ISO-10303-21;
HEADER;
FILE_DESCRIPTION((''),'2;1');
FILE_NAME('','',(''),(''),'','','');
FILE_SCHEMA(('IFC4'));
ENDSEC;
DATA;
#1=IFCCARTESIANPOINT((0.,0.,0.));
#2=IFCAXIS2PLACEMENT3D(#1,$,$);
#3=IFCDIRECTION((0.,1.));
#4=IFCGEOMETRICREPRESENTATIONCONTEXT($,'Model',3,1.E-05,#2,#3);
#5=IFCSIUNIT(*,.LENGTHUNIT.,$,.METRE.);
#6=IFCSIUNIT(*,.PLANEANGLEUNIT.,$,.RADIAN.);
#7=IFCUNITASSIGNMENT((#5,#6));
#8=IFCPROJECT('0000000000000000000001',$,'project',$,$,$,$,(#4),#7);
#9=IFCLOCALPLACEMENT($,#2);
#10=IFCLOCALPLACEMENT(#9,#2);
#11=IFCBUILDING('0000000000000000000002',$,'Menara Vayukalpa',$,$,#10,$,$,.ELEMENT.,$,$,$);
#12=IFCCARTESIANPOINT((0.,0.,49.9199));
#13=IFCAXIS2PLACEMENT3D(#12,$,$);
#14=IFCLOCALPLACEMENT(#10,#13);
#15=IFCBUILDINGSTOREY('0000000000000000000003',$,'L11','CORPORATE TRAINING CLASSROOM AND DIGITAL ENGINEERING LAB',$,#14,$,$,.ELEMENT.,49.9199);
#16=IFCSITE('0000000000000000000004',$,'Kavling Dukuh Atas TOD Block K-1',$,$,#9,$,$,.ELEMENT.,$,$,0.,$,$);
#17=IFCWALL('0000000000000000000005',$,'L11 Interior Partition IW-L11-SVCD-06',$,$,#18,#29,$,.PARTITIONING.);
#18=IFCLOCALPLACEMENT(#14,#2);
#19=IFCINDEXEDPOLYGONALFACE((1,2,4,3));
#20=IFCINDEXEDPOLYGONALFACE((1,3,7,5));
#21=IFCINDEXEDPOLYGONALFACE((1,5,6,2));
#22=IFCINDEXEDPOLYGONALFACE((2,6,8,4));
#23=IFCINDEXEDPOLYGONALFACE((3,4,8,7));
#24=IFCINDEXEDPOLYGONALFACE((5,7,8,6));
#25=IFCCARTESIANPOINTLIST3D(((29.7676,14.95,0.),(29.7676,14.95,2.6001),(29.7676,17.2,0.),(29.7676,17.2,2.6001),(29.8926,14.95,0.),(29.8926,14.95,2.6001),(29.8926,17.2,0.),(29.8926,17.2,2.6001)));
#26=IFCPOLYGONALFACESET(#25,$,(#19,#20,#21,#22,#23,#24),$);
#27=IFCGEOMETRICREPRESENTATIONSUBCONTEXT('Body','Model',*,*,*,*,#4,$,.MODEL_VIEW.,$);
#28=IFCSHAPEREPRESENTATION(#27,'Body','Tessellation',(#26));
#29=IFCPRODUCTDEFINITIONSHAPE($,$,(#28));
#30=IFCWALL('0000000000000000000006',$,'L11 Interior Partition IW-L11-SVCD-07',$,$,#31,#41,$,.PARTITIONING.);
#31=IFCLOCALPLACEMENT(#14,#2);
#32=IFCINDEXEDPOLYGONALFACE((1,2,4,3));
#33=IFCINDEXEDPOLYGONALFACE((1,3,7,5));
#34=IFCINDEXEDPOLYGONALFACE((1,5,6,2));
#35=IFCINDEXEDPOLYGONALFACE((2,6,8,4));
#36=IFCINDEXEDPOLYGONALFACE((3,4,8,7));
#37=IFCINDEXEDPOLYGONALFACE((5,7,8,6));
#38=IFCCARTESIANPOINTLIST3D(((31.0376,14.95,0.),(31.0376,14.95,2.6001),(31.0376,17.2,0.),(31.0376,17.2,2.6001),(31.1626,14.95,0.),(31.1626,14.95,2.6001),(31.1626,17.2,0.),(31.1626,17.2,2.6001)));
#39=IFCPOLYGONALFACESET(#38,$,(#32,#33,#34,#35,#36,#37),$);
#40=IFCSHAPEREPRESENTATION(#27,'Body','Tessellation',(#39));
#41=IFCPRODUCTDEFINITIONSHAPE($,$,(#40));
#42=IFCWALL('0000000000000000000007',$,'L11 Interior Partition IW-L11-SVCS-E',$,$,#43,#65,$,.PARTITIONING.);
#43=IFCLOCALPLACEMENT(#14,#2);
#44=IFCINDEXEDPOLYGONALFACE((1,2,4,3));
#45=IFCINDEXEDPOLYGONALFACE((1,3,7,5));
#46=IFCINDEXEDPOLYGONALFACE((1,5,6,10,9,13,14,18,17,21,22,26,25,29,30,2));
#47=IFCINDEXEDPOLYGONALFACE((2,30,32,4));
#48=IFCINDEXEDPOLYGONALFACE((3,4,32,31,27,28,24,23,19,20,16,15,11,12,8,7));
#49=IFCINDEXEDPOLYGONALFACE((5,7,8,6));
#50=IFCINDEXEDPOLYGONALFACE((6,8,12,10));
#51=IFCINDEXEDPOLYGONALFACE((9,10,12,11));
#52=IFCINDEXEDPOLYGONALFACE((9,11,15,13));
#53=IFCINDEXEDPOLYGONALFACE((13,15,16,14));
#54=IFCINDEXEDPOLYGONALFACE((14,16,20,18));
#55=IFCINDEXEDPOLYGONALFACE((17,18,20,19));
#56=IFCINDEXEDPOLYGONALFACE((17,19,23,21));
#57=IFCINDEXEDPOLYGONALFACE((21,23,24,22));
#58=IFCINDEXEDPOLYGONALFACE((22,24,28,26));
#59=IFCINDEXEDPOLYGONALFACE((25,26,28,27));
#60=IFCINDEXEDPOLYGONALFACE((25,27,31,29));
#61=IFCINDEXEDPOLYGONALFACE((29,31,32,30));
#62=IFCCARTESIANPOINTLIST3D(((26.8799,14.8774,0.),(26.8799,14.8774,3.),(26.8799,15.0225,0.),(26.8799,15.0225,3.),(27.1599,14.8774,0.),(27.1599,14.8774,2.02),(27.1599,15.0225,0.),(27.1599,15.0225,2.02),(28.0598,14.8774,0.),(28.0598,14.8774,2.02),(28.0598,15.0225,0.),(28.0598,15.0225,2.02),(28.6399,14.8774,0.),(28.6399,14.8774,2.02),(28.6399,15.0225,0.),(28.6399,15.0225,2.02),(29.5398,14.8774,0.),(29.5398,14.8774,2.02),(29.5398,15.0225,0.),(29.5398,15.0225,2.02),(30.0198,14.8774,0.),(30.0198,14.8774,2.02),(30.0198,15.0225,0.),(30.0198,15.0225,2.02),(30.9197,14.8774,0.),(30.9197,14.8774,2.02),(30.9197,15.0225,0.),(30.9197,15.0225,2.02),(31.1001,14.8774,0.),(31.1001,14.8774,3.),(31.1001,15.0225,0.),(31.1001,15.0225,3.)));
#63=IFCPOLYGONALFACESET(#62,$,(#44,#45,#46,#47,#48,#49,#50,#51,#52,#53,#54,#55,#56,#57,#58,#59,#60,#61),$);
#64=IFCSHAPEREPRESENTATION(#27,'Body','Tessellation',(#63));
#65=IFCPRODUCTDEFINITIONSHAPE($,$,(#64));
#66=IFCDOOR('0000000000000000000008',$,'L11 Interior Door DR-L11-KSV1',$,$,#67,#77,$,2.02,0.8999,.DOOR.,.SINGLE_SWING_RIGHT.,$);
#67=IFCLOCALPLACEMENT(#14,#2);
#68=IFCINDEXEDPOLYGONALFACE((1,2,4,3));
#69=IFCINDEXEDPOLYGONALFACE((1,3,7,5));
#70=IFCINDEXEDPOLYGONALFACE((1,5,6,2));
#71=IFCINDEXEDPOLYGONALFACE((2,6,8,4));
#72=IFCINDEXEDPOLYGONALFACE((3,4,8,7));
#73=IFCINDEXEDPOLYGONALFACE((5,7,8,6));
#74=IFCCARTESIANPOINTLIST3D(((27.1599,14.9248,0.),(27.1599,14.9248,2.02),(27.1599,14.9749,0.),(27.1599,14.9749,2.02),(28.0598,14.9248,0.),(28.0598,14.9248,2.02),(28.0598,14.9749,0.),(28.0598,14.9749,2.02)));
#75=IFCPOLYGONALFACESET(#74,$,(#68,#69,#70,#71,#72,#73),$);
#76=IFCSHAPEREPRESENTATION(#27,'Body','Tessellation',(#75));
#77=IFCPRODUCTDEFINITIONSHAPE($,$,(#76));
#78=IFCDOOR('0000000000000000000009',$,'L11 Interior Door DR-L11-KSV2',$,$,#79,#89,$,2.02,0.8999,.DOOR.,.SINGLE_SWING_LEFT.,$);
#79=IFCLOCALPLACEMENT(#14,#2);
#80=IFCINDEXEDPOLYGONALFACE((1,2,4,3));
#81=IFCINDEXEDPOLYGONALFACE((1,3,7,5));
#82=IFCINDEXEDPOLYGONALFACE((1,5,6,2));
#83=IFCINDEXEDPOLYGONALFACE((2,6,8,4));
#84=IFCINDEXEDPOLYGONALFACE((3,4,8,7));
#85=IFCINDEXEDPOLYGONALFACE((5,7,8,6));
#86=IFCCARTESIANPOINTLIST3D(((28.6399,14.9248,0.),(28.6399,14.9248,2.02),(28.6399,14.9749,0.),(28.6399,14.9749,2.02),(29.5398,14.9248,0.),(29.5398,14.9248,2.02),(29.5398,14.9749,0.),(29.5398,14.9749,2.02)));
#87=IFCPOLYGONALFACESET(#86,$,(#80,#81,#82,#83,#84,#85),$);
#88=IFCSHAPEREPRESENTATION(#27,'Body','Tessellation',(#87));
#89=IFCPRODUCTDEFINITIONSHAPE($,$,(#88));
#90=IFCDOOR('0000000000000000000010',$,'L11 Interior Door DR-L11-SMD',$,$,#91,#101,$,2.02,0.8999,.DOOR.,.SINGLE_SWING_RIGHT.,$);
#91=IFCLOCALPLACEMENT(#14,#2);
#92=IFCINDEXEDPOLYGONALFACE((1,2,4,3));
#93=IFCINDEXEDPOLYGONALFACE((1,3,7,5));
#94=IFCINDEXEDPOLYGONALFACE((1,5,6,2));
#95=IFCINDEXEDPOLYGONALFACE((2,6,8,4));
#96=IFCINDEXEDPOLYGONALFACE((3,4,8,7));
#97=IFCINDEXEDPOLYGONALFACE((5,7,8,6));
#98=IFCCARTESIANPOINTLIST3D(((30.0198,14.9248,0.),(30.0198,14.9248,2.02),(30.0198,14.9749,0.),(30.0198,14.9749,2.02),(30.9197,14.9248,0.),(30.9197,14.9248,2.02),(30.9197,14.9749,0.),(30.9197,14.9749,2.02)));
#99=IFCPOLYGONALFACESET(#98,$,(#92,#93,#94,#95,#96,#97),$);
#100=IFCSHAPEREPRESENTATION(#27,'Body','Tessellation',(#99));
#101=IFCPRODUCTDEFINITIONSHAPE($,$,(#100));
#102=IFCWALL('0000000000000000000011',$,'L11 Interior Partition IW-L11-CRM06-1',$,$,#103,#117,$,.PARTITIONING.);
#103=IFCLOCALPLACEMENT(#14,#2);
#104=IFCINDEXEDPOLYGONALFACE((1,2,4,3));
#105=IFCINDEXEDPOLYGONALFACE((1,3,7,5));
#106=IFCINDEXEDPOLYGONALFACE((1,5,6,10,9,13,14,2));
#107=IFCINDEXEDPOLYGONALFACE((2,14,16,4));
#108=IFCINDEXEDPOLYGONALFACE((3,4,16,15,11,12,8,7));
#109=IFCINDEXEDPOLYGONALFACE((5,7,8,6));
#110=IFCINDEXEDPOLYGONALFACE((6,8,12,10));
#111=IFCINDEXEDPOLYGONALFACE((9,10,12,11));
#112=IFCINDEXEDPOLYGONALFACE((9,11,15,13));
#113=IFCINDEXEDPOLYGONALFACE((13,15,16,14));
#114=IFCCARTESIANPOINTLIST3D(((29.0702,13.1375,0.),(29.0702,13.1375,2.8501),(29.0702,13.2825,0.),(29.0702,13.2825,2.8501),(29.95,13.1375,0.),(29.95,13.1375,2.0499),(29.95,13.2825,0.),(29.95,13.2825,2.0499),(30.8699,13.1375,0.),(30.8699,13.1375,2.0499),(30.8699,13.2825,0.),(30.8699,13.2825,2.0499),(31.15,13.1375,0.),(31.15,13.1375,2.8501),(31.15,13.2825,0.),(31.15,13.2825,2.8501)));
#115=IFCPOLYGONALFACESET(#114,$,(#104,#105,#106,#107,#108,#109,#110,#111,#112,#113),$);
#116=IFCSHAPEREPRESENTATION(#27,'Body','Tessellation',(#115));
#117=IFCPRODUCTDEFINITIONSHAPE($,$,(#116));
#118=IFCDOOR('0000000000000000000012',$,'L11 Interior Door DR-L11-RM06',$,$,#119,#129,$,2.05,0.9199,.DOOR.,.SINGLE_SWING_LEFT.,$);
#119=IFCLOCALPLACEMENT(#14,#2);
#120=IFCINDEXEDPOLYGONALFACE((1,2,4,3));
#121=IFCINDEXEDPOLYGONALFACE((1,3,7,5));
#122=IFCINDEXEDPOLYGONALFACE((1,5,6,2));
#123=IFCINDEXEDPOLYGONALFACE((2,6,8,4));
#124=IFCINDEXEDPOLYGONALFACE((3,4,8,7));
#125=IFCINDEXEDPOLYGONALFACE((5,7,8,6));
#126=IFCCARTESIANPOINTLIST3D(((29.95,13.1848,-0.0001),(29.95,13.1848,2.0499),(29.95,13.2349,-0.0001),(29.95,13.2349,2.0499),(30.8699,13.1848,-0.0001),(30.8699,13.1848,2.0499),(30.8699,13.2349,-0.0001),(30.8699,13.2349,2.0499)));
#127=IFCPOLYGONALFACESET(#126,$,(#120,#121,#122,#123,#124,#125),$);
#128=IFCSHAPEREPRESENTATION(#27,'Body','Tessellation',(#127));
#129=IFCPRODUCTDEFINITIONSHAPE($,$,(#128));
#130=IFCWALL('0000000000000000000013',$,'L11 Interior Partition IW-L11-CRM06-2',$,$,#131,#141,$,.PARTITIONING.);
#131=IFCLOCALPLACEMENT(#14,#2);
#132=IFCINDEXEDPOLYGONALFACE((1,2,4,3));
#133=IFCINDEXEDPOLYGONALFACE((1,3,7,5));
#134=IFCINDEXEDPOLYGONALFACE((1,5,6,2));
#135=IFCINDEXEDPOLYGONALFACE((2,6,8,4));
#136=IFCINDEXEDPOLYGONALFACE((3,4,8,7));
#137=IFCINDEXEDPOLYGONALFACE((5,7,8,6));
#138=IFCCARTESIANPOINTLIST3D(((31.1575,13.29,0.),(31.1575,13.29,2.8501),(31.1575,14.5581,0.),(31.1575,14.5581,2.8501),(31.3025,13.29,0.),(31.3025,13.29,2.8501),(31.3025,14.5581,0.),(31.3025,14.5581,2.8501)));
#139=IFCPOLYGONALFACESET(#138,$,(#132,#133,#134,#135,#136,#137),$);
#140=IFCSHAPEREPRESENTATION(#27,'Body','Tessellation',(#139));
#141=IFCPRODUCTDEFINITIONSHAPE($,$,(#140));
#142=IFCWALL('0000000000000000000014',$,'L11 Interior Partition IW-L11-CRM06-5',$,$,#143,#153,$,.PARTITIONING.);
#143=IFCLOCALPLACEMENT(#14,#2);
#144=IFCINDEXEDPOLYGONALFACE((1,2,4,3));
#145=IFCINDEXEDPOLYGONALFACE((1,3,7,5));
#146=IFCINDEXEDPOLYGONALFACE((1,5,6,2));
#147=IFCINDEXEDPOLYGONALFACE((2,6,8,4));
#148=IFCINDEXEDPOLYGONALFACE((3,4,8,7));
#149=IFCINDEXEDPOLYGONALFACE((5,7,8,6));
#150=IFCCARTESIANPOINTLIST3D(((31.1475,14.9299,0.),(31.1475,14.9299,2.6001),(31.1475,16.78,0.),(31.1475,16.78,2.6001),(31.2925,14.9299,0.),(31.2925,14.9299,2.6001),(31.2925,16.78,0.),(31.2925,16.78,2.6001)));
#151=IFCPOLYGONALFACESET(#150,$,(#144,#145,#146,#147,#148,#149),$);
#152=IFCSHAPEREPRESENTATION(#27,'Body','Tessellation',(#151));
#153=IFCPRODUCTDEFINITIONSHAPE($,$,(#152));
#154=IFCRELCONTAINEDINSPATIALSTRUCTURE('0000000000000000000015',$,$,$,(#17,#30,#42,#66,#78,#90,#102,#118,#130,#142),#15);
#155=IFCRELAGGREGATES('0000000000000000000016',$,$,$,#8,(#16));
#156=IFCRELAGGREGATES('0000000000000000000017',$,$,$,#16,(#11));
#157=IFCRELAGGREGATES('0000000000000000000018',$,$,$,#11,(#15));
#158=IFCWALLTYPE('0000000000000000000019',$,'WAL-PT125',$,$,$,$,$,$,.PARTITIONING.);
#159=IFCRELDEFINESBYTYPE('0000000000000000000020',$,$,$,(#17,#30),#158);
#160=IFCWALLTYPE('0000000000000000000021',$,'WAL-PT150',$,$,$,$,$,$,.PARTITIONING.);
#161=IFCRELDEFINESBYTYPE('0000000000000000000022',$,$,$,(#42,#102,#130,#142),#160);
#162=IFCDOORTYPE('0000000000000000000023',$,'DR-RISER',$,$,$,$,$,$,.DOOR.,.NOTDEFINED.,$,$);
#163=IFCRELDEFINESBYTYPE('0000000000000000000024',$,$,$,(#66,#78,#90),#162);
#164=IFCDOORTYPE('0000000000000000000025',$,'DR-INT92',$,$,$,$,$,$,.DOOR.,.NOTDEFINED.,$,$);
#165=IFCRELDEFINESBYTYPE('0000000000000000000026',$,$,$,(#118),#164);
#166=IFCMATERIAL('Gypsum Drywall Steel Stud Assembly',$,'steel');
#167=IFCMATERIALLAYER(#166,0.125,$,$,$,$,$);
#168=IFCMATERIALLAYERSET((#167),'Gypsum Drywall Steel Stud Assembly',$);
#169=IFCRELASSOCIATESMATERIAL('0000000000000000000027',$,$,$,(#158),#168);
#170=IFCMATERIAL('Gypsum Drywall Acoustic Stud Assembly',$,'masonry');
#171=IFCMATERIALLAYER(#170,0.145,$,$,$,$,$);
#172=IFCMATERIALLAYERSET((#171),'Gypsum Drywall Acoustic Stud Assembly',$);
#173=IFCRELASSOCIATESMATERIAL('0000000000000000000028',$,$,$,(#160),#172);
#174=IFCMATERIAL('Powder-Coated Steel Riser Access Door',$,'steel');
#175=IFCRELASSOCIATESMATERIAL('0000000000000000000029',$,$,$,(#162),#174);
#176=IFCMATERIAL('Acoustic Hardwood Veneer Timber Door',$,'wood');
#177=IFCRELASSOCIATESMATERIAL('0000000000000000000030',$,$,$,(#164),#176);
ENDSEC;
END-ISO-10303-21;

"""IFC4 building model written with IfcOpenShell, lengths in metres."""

from ifc_helpers import new_model, si_unit, direction, frame, frame_2d, origin, place, context, subcontext, project, spatial, rectangle, extrude, material, layer, layer_set, type_object, element, fill, save


model = new_model("IFC4")

# Units and contexts
model_context = context("Model", 3, precision=1e-05, world=origin(), true_north=direction((0.0, 1.0)))
body_context = subcontext(model_context, "Body", "Model", "MODEL_VIEW")
ifc_project = project(units=[si_unit("LENGTHUNIT", "METRE"), si_unit("PLANEANGLEUNIT", "RADIAN")], contexts=[model_context])

# Site, building, storey
site_placement = place(None, origin())
site = spatial("IfcSite", under=ifc_project, at=site_placement, Name="Kavling Dukuh Atas TOD Block K-1", CompositionType="ELEMENT", RefElevation=0.0)
building_placement = place(site_placement, origin())
building = spatial("IfcBuilding", under=site, at=building_placement, Name="Menara Vayukalpa", CompositionType="ELEMENT")
storey_placement = place(building_placement, frame((0.0, 0.0, 49.9199)))
storey = spatial("IfcBuildingStorey", under=building, at=storey_placement, Name="L11", Description="CORPORATE TRAINING CLASSROOM AND DIGITAL ENGINEERING LAB", CompositionType="ELEMENT", Elevation=49.9199)

# Walls
ifc_material_1 = material(Name="Gypsum Drywall Steel Stud Assembly", Category="steel")
ifc_layer_1 = layer(ifc_material_1, 0.125)
ifc_layer_set_1 = layer_set([ifc_layer_1], Name="Gypsum Drywall Steel Stud Assembly")
wall_type_1 = type_object("IfcWallType", Name="WAL-PT125", PredefinedType="PARTITIONING", material=ifc_layer_set_1)
for number, where, z_axis, x_axis, name in (
    (1, (29.8301, 14.95, 0.0), (0.0, 0.0, 1.0), (0.0, 1.0, 0.0), "L11 Interior Partition IW-L11-SVCD-06"),
    (2, (31.1001, 14.95, 0.0), (0.0, 0.0, 1.0), (0.0, 1.0, 0.0), "L11 Interior Partition IW-L11-SVCD-07"),
):
    element("IfcWall", number, at=place(storey_placement, frame(where, z_axis=z_axis, x_axis=x_axis)), inside=storey, type_object=wall_type_1, Name=name, PredefinedType="PARTITIONING", context=body_context, shape_type="SweptSolid", body=[
        extrude(rectangle(XDim=2.25, YDim=0.125, at=frame_2d((1.125, 0.0))), origin(), (0.0, 0.0, 1.0), 2.6001),
    ])

# Wall, openings, doors
ifc_material_2 = material(Name="Gypsum Drywall Acoustic Stud Assembly", Category="masonry")
ifc_layer_2 = layer(ifc_material_2, 0.145)
ifc_layer_set_2 = layer_set([ifc_layer_2], Name="Gypsum Drywall Acoustic Stud Assembly")
wall_type_2 = type_object("IfcWallType", Name="WAL-PT150", PredefinedType="PARTITIONING", material=ifc_layer_set_2)
wall_1_placement = place(storey_placement, frame((26.8799, 14.95, 0.0), z_axis=(0.0, 0.0, 1.0), x_axis=(1.0, 0.0, 0.0)))
wall_1 = element("IfcWall", 3, at=wall_1_placement, inside=storey, type_object=wall_type_2, Name="L11 Interior Partition IW-L11-SVCS-E", PredefinedType="PARTITIONING", context=body_context, shape_type="SweptSolid", body=[
    extrude(rectangle(XDim=4.2202, YDim=0.145, at=frame_2d((2.1101, 0.0))), origin(), (0.0, 0.0, 1.0), 3.0),
])
opening_1_placement = place(wall_1_placement, frame((0.28, 0.0, 0.0)))
opening_1 = element("IfcOpeningElement", 4, at=opening_1_placement, cuts=wall_1, PredefinedType="OPENING", context=body_context, shape_type="SweptSolid", body=[
    extrude(rectangle(XDim=0.8999, YDim=2.02, at=frame_2d((0.45, 1.01))), frame((0.0, 0.0825, 0.0), z_axis=(0.0, -1.0, 0.0), x_axis=(1.0, 0.0, 0.0)), (0.0, 0.0, 1.0), 0.165),
])
opening_2_placement = place(wall_1_placement, frame((1.76, 0.0, 0.0)))
opening_2 = element("IfcOpeningElement", 5, at=opening_2_placement, cuts=wall_1, PredefinedType="OPENING", context=body_context, shape_type="SweptSolid", body=[
    extrude(rectangle(XDim=0.8999, YDim=2.02, at=frame_2d((0.45, 1.01))), frame((0.0, 0.0825, 0.0), z_axis=(0.0, -1.0, 0.0), x_axis=(1.0, 0.0, 0.0)), (0.0, 0.0, 1.0), 0.165),
])
opening_3_placement = place(wall_1_placement, frame((3.1399, 0.0, 0.0)))
opening_3 = element("IfcOpeningElement", 6, at=opening_3_placement, cuts=wall_1, PredefinedType="OPENING", context=body_context, shape_type="SweptSolid", body=[
    extrude(rectangle(XDim=0.8999, YDim=2.02, at=frame_2d((0.45, 1.01))), frame((0.0, 0.0825, 0.0), z_axis=(0.0, -1.0, 0.0), x_axis=(1.0, 0.0, 0.0)), (0.0, 0.0, 1.0), 0.165),
])
ifc_material_3 = material(Name="Powder-Coated Steel Riser Access Door", Category="steel")
door_type_1 = type_object("IfcDoorType", Name="DR-RISER", OperationType="NOTDEFINED", PredefinedType="DOOR", material=ifc_material_3)
door_1_placement = place(opening_1_placement, origin())
door_1 = element("IfcDoor", 7, at=door_1_placement, inside=storey, type_object=door_type_1, Name="L11 Interior Door DR-L11-KSV1", OperationType="SINGLE_SWING_RIGHT", OverallHeight=2.02, OverallWidth=0.8999, PredefinedType="DOOR", context=body_context, shape_type="SweptSolid", body=[
    extrude(rectangle(XDim=0.8999, YDim=2.02, at=frame_2d((0.45, 1.01))), frame((0.0, 0.0249, 0.0), z_axis=(0.0, -1.0, 0.0), x_axis=(1.0, 0.0, 0.0)), (0.0, 0.0, 1.0), 0.05),
])
fill(opening_1, door_1)
door_2_placement = place(opening_2_placement, origin())
door_2 = element("IfcDoor", 8, at=door_2_placement, inside=storey, type_object=door_type_1, Name="L11 Interior Door DR-L11-KSV2", OperationType="SINGLE_SWING_LEFT", OverallHeight=2.02, OverallWidth=0.8999, PredefinedType="DOOR", context=body_context, shape_type="SweptSolid", body=[
    extrude(rectangle(XDim=0.8999, YDim=2.02, at=frame_2d((0.45, 1.01))), frame((0.0, 0.0249, 0.0), z_axis=(0.0, -1.0, 0.0), x_axis=(1.0, 0.0, 0.0)), (0.0, 0.0, 1.0), 0.05),
])
fill(opening_2, door_2)
door_3_placement = place(opening_3_placement, origin())
door_3 = element("IfcDoor", 9, at=door_3_placement, inside=storey, type_object=door_type_1, Name="L11 Interior Door DR-L11-SMD", OperationType="SINGLE_SWING_RIGHT", OverallHeight=2.02, OverallWidth=0.8999, PredefinedType="DOOR", context=body_context, shape_type="SweptSolid", body=[
    extrude(rectangle(XDim=0.8999, YDim=2.02, at=frame_2d((0.45, 1.01))), frame((0.0, 0.0249, 0.0), z_axis=(0.0, -1.0, 0.0), x_axis=(1.0, 0.0, 0.0)), (0.0, 0.0, 1.0), 0.05),
])
fill(opening_3, door_3)

# Wall, opening, door
wall_2_placement = place(storey_placement, frame((29.0701, 13.21, 0.0), z_axis=(0.0, 0.0, 1.0), x_axis=(1.0, 0.0, 0.0)))
wall_2 = element("IfcWall", 10, at=wall_2_placement, inside=storey, type_object=wall_type_2, Name="L11 Interior Partition IW-L11-CRM06-1", PredefinedType="PARTITIONING", context=body_context, shape_type="SweptSolid", body=[
    extrude(rectangle(XDim=2.0798, YDim=0.145, at=frame_2d((1.04, 0.0))), origin(), (0.0, 0.0, 1.0), 2.8501),
])
opening_4_placement = place(wall_2_placement, frame((0.8799, 0.0, 0.0)))
opening_4 = element("IfcOpeningElement", 11, at=opening_4_placement, cuts=wall_2, PredefinedType="OPENING", context=body_context, shape_type="SweptSolid", body=[
    extrude(rectangle(XDim=0.9199, YDim=2.05, at=frame_2d((0.46, 1.0249))), frame((0.0, 0.0825, 0.0), z_axis=(0.0, -1.0, 0.0), x_axis=(1.0, 0.0, 0.0)), (0.0, 0.0, 1.0), 0.165),
])
ifc_material_4 = material(Name="Acoustic Hardwood Veneer Timber Door", Category="wood")
door_type_2 = type_object("IfcDoorType", Name="DR-INT92", OperationType="NOTDEFINED", PredefinedType="DOOR", material=ifc_material_4)
door_4_placement = place(opening_4_placement, origin())
door_4 = element("IfcDoor", 12, at=door_4_placement, inside=storey, type_object=door_type_2, Name="L11 Interior Door DR-L11-RM06", OperationType="SINGLE_SWING_LEFT", OverallHeight=2.05, OverallWidth=0.9199, PredefinedType="DOOR", context=body_context, shape_type="SweptSolid", body=[
    extrude(rectangle(XDim=0.9199, YDim=2.05, at=frame_2d((0.46, 1.0249))), frame((0.0, 0.0249, 0.0), z_axis=(0.0, -1.0, 0.0), x_axis=(1.0, 0.0, 0.0)), (0.0, 0.0, 1.0), 0.05),
])
fill(opening_4, door_4)

# Walls
wall_3_placement = place(storey_placement, frame((31.23, 13.29, 0.0), z_axis=(0.0, 0.0, 1.0), x_axis=(0.0, 1.0, 0.0)))
element("IfcWall", 13, at=wall_3_placement, inside=storey, type_object=wall_type_2, Name="L11 Interior Partition IW-L11-CRM06-2", PredefinedType="PARTITIONING", context=body_context, shape_type="SweptSolid", body=[
    extrude(rectangle(XDim=1.2681, YDim=0.145, at=frame_2d((0.634, 0.0))), origin(), (0.0, 0.0, 1.0), 2.8501),
])
wall_4_placement = place(storey_placement, frame((31.22, 14.9299, 0.0), z_axis=(0.0, 0.0, 1.0), x_axis=(0.0, 1.0, 0.0)))
element("IfcWall", 14, at=wall_4_placement, inside=storey, type_object=wall_type_2, Name="L11 Interior Partition IW-L11-CRM06-5", PredefinedType="PARTITIONING", context=body_context, shape_type="SweptSolid", body=[
    extrude(rectangle(XDim=1.8501, YDim=0.145, at=frame_2d((0.925, 0.0))), origin(), (0.0, 0.0, 1.0), 2.6001),
])

save(model, "model.ifc")
